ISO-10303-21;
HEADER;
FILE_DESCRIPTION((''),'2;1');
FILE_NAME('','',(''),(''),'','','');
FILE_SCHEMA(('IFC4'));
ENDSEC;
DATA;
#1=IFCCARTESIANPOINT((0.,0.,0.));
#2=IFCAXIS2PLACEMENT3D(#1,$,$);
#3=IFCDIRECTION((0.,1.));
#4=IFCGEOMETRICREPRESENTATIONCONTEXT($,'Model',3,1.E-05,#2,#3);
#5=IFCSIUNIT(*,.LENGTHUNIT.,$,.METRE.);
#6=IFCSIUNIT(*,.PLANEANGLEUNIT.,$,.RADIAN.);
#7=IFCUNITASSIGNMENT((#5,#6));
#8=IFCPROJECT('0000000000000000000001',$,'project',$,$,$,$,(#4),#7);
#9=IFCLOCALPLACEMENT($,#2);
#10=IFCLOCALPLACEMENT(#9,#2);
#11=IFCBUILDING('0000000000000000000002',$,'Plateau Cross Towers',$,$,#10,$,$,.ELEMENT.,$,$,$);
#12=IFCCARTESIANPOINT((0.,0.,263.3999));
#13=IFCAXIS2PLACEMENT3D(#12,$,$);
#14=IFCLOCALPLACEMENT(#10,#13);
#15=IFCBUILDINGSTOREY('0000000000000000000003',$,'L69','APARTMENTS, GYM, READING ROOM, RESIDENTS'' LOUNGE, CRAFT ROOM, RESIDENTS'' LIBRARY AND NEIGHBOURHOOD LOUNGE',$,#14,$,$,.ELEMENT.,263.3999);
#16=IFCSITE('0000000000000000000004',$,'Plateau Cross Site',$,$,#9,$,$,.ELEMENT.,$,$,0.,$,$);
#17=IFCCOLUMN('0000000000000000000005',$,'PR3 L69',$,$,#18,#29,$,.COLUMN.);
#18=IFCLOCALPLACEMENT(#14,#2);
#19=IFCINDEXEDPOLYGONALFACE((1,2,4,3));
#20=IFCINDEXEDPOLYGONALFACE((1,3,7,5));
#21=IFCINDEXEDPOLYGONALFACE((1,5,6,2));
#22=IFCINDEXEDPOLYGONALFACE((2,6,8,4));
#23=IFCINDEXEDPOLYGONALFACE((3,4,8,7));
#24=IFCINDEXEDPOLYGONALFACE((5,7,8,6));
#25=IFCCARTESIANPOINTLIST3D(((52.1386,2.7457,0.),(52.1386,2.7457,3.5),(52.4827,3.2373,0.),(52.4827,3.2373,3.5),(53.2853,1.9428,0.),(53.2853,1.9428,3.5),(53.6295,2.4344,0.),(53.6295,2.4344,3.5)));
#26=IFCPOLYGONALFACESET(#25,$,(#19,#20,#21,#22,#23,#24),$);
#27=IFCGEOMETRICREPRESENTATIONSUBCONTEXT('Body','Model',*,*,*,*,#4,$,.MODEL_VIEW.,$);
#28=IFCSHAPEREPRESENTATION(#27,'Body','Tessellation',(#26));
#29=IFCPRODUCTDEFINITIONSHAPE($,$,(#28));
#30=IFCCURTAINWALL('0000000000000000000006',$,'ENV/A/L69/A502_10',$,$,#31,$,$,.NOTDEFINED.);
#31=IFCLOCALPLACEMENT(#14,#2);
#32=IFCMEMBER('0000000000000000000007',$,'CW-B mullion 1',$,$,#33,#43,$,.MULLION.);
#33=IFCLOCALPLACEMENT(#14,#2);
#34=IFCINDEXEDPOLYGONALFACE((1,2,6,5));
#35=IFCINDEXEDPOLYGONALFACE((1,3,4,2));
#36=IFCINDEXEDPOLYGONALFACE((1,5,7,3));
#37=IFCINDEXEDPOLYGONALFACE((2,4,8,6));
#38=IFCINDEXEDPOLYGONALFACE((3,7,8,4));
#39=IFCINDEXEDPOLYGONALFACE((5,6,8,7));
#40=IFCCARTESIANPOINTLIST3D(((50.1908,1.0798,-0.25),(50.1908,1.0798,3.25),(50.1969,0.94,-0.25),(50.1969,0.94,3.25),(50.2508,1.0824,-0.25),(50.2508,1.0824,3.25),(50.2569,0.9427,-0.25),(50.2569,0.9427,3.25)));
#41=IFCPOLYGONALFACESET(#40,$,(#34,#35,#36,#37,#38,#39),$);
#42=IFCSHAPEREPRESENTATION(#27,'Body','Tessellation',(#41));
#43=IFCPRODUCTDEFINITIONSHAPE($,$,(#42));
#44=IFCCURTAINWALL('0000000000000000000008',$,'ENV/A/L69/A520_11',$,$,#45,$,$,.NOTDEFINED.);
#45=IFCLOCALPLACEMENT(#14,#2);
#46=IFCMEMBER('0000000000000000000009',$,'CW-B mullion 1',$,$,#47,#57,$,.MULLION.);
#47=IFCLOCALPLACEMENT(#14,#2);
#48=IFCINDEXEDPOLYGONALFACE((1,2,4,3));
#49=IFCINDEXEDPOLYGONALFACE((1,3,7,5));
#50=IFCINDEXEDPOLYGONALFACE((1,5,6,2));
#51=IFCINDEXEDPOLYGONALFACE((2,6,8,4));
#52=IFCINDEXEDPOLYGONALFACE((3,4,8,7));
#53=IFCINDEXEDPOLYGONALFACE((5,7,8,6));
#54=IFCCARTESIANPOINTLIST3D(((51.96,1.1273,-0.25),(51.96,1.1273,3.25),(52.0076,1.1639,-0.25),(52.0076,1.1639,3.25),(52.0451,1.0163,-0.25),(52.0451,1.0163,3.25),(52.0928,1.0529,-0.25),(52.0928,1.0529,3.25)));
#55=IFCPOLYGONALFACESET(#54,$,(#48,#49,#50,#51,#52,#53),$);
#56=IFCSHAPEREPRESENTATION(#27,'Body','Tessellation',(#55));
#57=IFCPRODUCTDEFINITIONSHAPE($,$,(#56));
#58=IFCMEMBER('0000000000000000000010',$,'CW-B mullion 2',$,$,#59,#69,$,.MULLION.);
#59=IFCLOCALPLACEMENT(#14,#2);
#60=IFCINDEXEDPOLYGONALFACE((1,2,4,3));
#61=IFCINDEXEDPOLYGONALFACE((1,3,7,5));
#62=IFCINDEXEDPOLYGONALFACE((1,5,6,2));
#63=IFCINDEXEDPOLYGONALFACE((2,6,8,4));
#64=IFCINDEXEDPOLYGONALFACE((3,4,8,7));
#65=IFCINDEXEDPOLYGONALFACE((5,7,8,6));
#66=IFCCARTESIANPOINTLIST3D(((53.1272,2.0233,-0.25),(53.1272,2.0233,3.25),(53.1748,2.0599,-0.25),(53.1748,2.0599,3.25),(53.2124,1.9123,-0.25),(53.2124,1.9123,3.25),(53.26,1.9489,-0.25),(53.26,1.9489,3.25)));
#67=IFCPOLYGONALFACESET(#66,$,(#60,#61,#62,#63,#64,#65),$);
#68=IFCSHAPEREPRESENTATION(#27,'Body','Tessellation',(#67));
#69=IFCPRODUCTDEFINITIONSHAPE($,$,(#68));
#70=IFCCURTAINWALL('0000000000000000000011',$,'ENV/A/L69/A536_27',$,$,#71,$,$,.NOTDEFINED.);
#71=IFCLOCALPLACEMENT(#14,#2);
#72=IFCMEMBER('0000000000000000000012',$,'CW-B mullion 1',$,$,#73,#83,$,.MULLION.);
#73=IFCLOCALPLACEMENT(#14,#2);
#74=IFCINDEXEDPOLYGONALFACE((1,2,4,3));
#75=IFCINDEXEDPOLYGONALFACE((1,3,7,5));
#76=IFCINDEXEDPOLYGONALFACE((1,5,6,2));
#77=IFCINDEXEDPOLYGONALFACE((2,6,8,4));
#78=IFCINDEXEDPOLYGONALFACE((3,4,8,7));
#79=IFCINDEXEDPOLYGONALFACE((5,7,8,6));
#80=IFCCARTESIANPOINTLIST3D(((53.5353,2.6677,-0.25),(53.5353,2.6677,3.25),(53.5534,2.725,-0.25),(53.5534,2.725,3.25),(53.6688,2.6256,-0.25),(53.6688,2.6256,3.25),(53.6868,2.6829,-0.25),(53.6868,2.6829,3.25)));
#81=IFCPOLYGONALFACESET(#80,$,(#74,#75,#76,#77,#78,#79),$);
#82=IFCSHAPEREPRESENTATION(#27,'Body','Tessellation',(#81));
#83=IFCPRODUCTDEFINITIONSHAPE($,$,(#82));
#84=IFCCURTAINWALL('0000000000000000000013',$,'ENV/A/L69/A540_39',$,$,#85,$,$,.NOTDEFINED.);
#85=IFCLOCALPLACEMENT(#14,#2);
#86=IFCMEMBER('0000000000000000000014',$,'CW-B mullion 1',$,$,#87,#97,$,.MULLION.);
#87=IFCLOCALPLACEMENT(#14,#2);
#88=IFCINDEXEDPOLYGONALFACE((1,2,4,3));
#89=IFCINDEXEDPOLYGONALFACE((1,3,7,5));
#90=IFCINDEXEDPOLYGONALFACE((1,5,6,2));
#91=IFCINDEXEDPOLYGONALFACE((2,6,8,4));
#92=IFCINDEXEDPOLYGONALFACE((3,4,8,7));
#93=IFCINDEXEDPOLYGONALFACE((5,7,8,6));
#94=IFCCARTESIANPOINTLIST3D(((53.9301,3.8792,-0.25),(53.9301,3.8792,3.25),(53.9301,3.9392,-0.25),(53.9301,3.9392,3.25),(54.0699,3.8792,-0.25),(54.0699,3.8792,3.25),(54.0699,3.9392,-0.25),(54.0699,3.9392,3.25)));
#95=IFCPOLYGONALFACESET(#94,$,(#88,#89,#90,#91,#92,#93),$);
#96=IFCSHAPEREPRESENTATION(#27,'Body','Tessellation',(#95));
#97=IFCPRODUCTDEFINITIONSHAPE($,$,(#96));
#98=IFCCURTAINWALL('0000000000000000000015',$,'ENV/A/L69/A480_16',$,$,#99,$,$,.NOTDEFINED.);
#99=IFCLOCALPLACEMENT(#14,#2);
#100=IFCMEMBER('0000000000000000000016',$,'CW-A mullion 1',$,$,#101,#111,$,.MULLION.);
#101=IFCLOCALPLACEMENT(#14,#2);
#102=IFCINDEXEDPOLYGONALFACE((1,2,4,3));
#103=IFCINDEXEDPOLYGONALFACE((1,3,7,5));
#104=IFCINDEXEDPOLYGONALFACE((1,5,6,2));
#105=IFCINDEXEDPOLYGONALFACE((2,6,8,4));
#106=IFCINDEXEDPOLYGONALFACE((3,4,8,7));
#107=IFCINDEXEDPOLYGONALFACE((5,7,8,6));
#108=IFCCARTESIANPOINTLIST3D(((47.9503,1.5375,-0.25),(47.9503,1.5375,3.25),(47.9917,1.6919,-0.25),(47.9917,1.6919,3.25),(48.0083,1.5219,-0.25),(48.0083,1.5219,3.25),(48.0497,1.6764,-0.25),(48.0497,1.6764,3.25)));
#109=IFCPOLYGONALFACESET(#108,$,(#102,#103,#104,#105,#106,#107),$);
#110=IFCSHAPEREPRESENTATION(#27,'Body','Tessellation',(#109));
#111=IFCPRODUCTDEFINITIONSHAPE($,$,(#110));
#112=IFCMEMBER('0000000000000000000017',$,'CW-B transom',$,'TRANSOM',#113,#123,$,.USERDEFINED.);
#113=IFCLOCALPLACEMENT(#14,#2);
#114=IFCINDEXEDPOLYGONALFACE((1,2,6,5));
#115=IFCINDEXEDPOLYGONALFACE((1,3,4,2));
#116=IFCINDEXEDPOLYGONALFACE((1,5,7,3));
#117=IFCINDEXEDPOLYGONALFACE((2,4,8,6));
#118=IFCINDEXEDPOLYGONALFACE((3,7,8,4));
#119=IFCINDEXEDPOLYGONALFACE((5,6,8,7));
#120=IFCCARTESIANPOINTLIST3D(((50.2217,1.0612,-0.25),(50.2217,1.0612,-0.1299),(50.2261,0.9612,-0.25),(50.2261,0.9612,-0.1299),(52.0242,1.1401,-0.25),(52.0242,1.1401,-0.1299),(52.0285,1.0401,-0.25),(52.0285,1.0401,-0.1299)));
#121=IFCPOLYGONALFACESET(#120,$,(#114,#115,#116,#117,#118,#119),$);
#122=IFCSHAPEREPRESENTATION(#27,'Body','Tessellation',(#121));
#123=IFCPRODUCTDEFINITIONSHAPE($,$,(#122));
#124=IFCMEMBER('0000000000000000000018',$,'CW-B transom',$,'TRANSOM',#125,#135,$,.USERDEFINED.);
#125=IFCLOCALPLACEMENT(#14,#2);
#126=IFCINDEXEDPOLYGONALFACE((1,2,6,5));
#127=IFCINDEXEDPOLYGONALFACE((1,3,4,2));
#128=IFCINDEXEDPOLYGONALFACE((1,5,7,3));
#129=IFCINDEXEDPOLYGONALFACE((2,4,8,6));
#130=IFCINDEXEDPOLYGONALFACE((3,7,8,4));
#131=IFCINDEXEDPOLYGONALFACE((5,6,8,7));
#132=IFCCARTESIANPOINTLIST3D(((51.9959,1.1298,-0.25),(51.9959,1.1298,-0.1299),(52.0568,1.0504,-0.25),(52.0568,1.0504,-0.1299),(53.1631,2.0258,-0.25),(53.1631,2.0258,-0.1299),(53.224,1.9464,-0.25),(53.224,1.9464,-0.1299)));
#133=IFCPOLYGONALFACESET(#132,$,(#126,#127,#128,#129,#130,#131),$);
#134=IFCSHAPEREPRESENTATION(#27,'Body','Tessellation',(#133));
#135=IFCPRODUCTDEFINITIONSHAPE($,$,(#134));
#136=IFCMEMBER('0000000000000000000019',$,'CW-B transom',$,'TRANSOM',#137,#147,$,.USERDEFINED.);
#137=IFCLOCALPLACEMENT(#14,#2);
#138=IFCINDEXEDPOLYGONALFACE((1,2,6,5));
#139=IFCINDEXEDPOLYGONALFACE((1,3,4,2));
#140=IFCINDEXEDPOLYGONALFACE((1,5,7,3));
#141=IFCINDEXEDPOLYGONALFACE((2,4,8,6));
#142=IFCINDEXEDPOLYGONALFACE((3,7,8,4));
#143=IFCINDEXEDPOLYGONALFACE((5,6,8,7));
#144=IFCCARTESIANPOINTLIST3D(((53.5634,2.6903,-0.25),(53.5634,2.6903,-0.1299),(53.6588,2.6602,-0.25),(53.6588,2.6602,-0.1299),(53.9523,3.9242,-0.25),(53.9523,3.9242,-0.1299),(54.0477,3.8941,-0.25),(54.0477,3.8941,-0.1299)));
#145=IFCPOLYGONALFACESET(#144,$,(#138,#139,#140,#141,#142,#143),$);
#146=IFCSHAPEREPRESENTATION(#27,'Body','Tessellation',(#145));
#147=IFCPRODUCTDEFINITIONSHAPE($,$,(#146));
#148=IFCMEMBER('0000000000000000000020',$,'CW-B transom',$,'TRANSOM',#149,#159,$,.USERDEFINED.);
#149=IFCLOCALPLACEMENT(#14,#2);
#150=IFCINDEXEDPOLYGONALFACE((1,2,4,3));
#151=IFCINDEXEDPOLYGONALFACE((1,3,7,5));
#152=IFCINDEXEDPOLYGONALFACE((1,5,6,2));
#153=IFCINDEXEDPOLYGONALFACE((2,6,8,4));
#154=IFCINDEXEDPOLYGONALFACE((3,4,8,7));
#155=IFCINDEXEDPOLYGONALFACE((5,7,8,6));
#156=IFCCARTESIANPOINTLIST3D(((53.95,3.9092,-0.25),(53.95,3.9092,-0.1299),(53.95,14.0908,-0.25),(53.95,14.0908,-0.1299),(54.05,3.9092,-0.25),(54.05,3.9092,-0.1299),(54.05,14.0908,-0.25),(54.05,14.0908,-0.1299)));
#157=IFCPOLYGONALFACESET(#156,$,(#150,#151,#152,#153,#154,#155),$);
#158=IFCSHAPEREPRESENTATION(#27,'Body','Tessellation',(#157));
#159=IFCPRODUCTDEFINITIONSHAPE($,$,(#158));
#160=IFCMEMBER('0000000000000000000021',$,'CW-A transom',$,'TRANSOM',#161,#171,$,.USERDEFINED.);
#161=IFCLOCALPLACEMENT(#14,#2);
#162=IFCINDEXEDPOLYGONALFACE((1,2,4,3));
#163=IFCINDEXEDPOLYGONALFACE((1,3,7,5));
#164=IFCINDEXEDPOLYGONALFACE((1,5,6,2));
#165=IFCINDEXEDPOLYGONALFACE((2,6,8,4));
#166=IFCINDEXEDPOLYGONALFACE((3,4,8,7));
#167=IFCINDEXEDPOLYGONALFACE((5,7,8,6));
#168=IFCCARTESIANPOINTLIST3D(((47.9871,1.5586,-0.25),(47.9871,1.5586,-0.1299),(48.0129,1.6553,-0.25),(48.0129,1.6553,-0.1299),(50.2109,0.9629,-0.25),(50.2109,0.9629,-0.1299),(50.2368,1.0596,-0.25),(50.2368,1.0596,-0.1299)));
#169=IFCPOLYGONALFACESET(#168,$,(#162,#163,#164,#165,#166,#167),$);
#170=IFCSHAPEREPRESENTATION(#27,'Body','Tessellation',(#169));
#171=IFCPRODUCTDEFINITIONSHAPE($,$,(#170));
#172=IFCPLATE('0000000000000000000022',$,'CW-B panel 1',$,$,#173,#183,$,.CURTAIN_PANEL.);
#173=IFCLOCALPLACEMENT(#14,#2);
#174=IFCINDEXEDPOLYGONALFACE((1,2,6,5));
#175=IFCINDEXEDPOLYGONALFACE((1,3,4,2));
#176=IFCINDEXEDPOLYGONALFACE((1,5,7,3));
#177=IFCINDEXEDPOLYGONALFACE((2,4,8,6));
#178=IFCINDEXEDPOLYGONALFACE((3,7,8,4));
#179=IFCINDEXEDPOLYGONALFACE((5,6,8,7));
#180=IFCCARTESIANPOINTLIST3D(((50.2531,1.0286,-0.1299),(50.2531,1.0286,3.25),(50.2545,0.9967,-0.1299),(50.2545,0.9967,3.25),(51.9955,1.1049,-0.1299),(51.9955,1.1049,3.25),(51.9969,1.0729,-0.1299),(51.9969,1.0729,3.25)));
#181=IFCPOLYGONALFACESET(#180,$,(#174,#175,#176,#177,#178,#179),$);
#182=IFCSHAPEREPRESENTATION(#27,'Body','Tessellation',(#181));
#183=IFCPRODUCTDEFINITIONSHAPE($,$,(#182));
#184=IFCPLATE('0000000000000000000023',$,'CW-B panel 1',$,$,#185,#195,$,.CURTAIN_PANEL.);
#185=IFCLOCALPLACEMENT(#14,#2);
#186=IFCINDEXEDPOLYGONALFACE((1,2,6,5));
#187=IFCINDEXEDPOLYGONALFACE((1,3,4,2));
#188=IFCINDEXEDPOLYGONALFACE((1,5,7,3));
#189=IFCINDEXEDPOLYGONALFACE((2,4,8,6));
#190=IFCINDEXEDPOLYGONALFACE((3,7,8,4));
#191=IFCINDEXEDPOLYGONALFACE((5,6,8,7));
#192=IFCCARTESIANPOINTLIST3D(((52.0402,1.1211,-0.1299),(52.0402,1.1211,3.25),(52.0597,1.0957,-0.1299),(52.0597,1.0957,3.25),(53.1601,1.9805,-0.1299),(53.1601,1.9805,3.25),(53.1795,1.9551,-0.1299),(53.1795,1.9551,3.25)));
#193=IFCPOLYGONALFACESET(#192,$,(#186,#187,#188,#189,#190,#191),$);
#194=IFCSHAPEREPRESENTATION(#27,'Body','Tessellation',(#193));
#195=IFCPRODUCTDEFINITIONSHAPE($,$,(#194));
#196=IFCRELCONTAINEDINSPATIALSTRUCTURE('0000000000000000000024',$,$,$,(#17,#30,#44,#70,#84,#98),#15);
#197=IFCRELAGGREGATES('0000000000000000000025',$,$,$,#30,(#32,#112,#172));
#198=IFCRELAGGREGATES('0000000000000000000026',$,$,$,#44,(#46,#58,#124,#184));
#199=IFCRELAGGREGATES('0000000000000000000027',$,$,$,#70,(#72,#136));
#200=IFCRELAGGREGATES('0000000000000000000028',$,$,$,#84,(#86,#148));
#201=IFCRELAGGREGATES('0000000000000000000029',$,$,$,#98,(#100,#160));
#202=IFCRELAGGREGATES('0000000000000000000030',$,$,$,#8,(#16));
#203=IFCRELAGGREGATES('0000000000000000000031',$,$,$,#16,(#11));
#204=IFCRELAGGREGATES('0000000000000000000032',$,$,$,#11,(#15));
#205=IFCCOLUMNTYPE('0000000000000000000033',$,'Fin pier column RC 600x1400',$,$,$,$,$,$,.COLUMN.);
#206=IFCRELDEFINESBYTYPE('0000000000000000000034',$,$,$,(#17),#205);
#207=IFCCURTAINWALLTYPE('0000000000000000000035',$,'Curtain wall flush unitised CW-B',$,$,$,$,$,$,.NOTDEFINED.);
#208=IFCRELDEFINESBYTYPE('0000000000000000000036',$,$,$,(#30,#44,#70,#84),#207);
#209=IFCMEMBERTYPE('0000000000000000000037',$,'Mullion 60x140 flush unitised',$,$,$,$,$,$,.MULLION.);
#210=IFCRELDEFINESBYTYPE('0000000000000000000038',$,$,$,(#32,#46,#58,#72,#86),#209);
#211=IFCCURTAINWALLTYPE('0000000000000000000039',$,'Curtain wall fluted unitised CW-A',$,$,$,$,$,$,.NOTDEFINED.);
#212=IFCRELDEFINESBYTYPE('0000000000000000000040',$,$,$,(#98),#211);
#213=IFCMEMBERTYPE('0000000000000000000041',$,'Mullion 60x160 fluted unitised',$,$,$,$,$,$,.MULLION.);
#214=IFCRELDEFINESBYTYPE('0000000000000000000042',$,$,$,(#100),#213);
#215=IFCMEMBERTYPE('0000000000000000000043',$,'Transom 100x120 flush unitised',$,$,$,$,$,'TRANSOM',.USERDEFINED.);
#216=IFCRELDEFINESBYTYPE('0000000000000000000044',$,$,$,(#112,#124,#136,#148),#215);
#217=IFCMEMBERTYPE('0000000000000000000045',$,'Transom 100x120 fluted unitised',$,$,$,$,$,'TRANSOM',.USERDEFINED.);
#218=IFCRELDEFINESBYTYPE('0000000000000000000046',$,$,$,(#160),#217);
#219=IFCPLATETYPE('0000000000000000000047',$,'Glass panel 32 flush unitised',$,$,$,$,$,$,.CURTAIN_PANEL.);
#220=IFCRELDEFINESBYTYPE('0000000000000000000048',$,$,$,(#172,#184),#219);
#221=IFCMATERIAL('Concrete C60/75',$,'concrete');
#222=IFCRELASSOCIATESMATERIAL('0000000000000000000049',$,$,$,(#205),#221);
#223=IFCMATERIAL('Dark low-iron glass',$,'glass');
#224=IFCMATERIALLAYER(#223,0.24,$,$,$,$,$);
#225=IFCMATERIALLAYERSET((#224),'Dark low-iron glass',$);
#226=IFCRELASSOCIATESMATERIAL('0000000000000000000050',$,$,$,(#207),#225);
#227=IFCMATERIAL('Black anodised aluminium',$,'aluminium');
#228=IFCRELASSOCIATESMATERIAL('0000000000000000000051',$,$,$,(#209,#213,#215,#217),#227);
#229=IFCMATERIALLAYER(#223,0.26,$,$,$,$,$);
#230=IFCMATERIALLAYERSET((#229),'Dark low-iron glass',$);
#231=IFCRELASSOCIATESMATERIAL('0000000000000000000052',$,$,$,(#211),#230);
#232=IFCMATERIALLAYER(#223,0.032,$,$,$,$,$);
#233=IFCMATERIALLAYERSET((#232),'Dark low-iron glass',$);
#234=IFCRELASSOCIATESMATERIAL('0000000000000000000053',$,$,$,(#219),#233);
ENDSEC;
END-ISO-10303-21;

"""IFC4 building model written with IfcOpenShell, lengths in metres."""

from ifc_helpers import new_model, si_unit, direction, frame, origin, origin_2d, place, context, subcontext, project, spatial, rectangle, extrude, material, layer, layer_set, material_profile, profile_set, type_object, element, aggregate, save


model = new_model("IFC4")

# Units and contexts
model_context = context("Model", 3, precision=1e-05, world=origin(), true_north=direction((0.0, 1.0)))
body_context = subcontext(model_context, "Body", "Model", "MODEL_VIEW")
ifc_project = project(units=[si_unit("LENGTHUNIT", "METRE"), si_unit("PLANEANGLEUNIT", "RADIAN")], contexts=[model_context])

# Site, building, storey
site_placement = place(None, origin())
site = spatial("IfcSite", under=ifc_project, at=site_placement, Name="Plateau Cross Site", CompositionType="ELEMENT", RefElevation=0.0)
building_placement = place(site_placement, origin())
building = spatial("IfcBuilding", under=site, at=building_placement, Name="Plateau Cross Towers", CompositionType="ELEMENT")
storey_placement = place(building_placement, frame((0.0, 0.0, 263.3999)))
storey = spatial("IfcBuildingStorey", under=building, at=storey_placement, Name="L69", Description="APARTMENTS, GYM, READING ROOM, RESIDENTS' LOUNGE, CRAFT ROOM, RESIDENTS' LIBRARY AND NEIGHBOURHOOD LOUNGE", CompositionType="ELEMENT", Elevation=263.3999)

# Column
ifc_material_1 = material(Name="Concrete C60/75", Category="concrete")
ifc_material_profile_1 = material_profile(ifc_material_1, rectangle(XDim=0.6001, YDim=1.3999, at=origin_2d()), Name="RC 600x1400")
ifc_profile_set_1 = profile_set([ifc_material_profile_1], Name="Concrete C60/75")
column_type = type_object("IfcColumnType", Name="Fin pier column RC 600x1400", PredefinedType="COLUMN", material=ifc_profile_set_1)
column_placement = place(storey_placement, frame((52.884, 2.5901, 0.0), z_axis=(0.0, 0.0, 1.0), x_axis=(0.573543, 0.819176, 0.0)))
element("IfcColumn", 1, at=column_placement, inside=storey, type_object=column_type, Name="PR3 L69", PredefinedType="COLUMN", context=body_context, shape_type="SweptSolid", body=[
    extrude(rectangle(XDim=0.6001, YDim=1.3999, at=origin_2d()), origin(), (0.0, 0.0, 1.0), 3.5),
])

# Curtain wall, member
ifc_material_2 = material(Name="Dark low-iron glass", Category="glass")
ifc_layer_1 = layer(ifc_material_2, 0.24)
ifc_layer_set_1 = layer_set([ifc_layer_1], Name="Dark low-iron glass")
curtain_wall_type_1 = type_object("IfcCurtainWallType", Name="Curtain wall flush unitised CW-B", PredefinedType="NOTDEFINED", material=ifc_layer_set_1)
curtain_wall_1_placement = place(storey_placement, origin())
curtain_wall_1 = element("IfcCurtainWall", 2, at=curtain_wall_1_placement, inside=storey, type_object=curtain_wall_type_1, Name="ENV/A/L69/A502_10", PredefinedType="NOTDEFINED")
ifc_material_3 = material(Name="Black anodised aluminium", Category="aluminium")
ifc_material_profile_2 = material_profile(ifc_material_3, rectangle(XDim=0.0601, YDim=0.1399, at=origin_2d()), Name="MULLION 60x140")
ifc_profile_set_2 = profile_set([ifc_material_profile_2], Name="Black anodised aluminium")
member_type_1 = type_object("IfcMemberType", Name="Mullion 60x140 flush unitised", PredefinedType="MULLION", material=ifc_profile_set_2)
member_1_placement = place(storey_placement, frame((50.2239, 1.0112, -0.25), z_axis=(0.0, 0.0, 1.0), x_axis=(0.999044, 0.043723, 0.0)))
member_1 = element("IfcMember", 3, at=member_1_placement, type_object=member_type_1, Name="CW-B mullion 1", PredefinedType="MULLION", context=body_context, shape_type="SweptSolid", body=[
    extrude(rectangle(XDim=0.0601, YDim=0.1399, at=origin_2d()), origin(), (0.0, 0.0, 1.0), 3.5),
])

# Curtain wall, members
curtain_wall_2_placement = place(storey_placement, origin())
curtain_wall_2 = element("IfcCurtainWall", 4, at=curtain_wall_2_placement, inside=storey, type_object=curtain_wall_type_1, Name="ENV/A/L69/A520_11", PredefinedType="NOTDEFINED")
member_2_placement = place(storey_placement, frame((52.0264, 1.0901, -0.25), z_axis=(0.0, 0.0, 1.0), x_axis=(0.793316, 0.608811, 0.0)))
member_2 = element("IfcMember", 5, at=member_2_placement, type_object=member_type_1, Name="CW-B mullion 1", PredefinedType="MULLION", context=body_context, shape_type="SweptSolid", body=[
    extrude(rectangle(XDim=0.0601, YDim=0.1399, at=origin_2d()), origin(), (0.0, 0.0, 1.0), 3.5),
])
member_3_placement = place(storey_placement, frame((53.1936, 1.9861, -0.25), z_axis=(0.0, 0.0, 1.0), x_axis=(0.793316, 0.608811, 0.0)))
member_3 = element("IfcMember", 6, at=member_3_placement, type_object=member_type_1, Name="CW-B mullion 2", PredefinedType="MULLION", context=body_context, shape_type="SweptSolid", body=[
    extrude(rectangle(XDim=0.0601, YDim=0.1399, at=origin_2d()), origin(), (0.0, 0.0, 1.0), 3.5),
])

# Curtain walls, members
curtain_wall_3_placement = place(storey_placement, origin())
curtain_wall_3 = element("IfcCurtainWall", 7, at=curtain_wall_3_placement, inside=storey, type_object=curtain_wall_type_1, Name="ENV/A/L69/A536_27", PredefinedType="NOTDEFINED")
member_4_placement = place(storey_placement, frame((53.6111, 2.6753, -0.25), z_axis=(0.0, 0.0, 1.0), x_axis=(0.300686, 0.953723, 0.0)))
member_4 = element("IfcMember", 8, at=member_4_placement, type_object=member_type_1, Name="CW-B mullion 1", PredefinedType="MULLION", context=body_context, shape_type="SweptSolid", body=[
    extrude(rectangle(XDim=0.0601, YDim=0.1399, at=origin_2d()), origin(), (0.0, 0.0, 1.0), 3.5),
])
curtain_wall_4_placement = place(storey_placement, origin())
curtain_wall_4 = element("IfcCurtainWall", 9, at=curtain_wall_4_placement, inside=storey, type_object=curtain_wall_type_1, Name="ENV/A/L69/A540_39", PredefinedType="NOTDEFINED")
member_5_placement = place(storey_placement, frame((54.0, 3.9092, -0.25), z_axis=(0.0, 0.0, 1.0), x_axis=(0.0, 1.0, 0.0)))
member_5 = element("IfcMember", 10, at=member_5_placement, type_object=member_type_1, Name="CW-B mullion 1", PredefinedType="MULLION", context=body_context, shape_type="SweptSolid", body=[
    extrude(rectangle(XDim=0.0601, YDim=0.1399, at=origin_2d()), origin(), (0.0, 0.0, 1.0), 3.5),
])
ifc_layer_2 = layer(ifc_material_2, 0.26)
ifc_layer_set_2 = layer_set([ifc_layer_2], Name="Dark low-iron glass")
curtain_wall_type_2 = type_object("IfcCurtainWallType", Name="Curtain wall fluted unitised CW-A", PredefinedType="NOTDEFINED", material=ifc_layer_set_2)
curtain_wall_5_placement = place(storey_placement, origin())
curtain_wall_5 = element("IfcCurtainWall", 11, at=curtain_wall_5_placement, inside=storey, type_object=curtain_wall_type_2, Name="ENV/A/L69/A480_16", PredefinedType="NOTDEFINED")
ifc_material_profile_3 = material_profile(ifc_material_3, rectangle(XDim=0.0601, YDim=0.1599, at=origin_2d()), Name="MULLION 60x160")
ifc_profile_set_3 = profile_set([ifc_material_profile_3], Name="Black anodised aluminium")
member_type_2 = type_object("IfcMemberType", Name="Mullion 60x160 fluted unitised", PredefinedType="MULLION", material=ifc_profile_set_3)
member_6_placement = place(storey_placement, frame((48.0, 1.6069, -0.25), z_axis=(0.0, 0.0, 1.0), x_axis=(0.965958, -0.258699, 0.0)))
member_6 = element("IfcMember", 12, at=member_6_placement, type_object=member_type_2, Name="CW-A mullion 1", PredefinedType="MULLION", context=body_context, shape_type="SweptSolid", body=[
    extrude(rectangle(XDim=0.0601, YDim=0.1599, at=origin_2d()), origin(), (0.0, 0.0, 1.0), 3.5),
])

# Members
ifc_material_profile_4 = material_profile(ifc_material_3, rectangle(XDim=0.1001, YDim=0.1201, at=origin_2d()), Name="TRANSOM 100x120")
ifc_profile_set_4 = profile_set([ifc_material_profile_4], Name="Black anodised aluminium")
member_type_3 = type_object("IfcMemberType", Name="Transom 100x120 flush unitised", ElementType="TRANSOM", PredefinedType="USERDEFINED", material=ifc_profile_set_4)
member_7_placement = place(storey_placement, frame((50.2239, 1.0112, -0.1899), z_axis=(0.999044, 0.043707, 0.0), x_axis=(-0.043707, 0.999044, 0.0)))
member_7 = element("IfcMember", 13, at=member_7_placement, type_object=member_type_3, Name="CW-B transom", ObjectType="TRANSOM", PredefinedType="USERDEFINED", context=body_context, shape_type="SweptSolid", body=[
    extrude(rectangle(XDim=0.1001, YDim=0.1201, at=origin_2d()), origin(), (0.0, 0.0, 1.0), 1.8042),
])
member_8_placement = place(storey_placement, frame((52.0264, 1.0901, -0.1899), z_axis=(0.79324, 0.608909, 0.0), x_axis=(-0.608909, 0.79324, 0.0)))
member_8 = element("IfcMember", 14, at=member_8_placement, type_object=member_type_3, Name="CW-B transom", ObjectType="TRANSOM", PredefinedType="USERDEFINED", context=body_context, shape_type="SweptSolid", body=[
    extrude(rectangle(XDim=0.1001, YDim=0.1201, at=origin_2d()), origin(), (0.0, 0.0, 1.0), 1.4714),
])
member_9_placement = place(storey_placement, frame((53.6111, 2.6753, -0.1899), z_axis=(0.300617, 0.953745, 0.0), x_axis=(-0.953745, 0.300617, 0.0)))
member_9 = element("IfcMember", 15, at=member_9_placement, type_object=member_type_3, Name="CW-B transom", ObjectType="TRANSOM", PredefinedType="USERDEFINED", context=body_context, shape_type="SweptSolid", body=[
    extrude(rectangle(XDim=0.1001, YDim=0.1201, at=origin_2d()), origin(), (0.0, 0.0, 1.0), 1.2937),
])
member_10_placement = place(storey_placement, frame((54.0, 3.9092, -0.1899), z_axis=(0.0, 1.0, 0.0), x_axis=(-1.0, 0.0, 0.0)))
member_10 = element("IfcMember", 16, at=member_10_placement, type_object=member_type_3, Name="CW-B transom", ObjectType="TRANSOM", PredefinedType="USERDEFINED", context=body_context, shape_type="SweptSolid", body=[
    extrude(rectangle(XDim=0.1001, YDim=0.1201, at=origin_2d()), origin(), (0.0, 0.0, 1.0), 10.1816),
])
ifc_material_profile_5 = material_profile(ifc_material_3, rectangle(XDim=0.1001, YDim=0.1201, at=origin_2d()), Name="TRANSOM 100x120")
ifc_profile_set_5 = profile_set([ifc_material_profile_5], Name="Black anodised aluminium")
member_type_4 = type_object("IfcMemberType", Name="Transom 100x120 fluted unitised", ElementType="TRANSOM", PredefinedType="USERDEFINED", material=ifc_profile_set_5)
member_11_placement = place(storey_placement, frame((48.0, 1.6069, -0.1899), z_axis=(0.965946, -0.258745, 0.0), x_axis=(0.258745, 0.965946, 0.0)))
member_11 = element("IfcMember", 17, at=member_11_placement, type_object=member_type_4, Name="CW-A transom", ObjectType="TRANSOM", PredefinedType="USERDEFINED", context=body_context, shape_type="SweptSolid", body=[
    extrude(rectangle(XDim=0.1001, YDim=0.1201, at=origin_2d()), origin(), (0.0, 0.0, 1.0), 2.3022),
])

# Plates
ifc_layer_3 = layer(ifc_material_2, 0.032)
ifc_layer_set_3 = layer_set([ifc_layer_3], Name="Dark low-iron glass")
plate_type_1 = type_object("IfcPlateType", Name="Glass panel 32 flush unitised", PredefinedType="CURTAIN_PANEL", material=ifc_layer_set_3)
plate_1_placement = place(storey_placement, frame((51.125, 1.0508, -0.1299), z_axis=(0.0, 0.0, 1.0), x_axis=(0.999044, 0.043723, 0.0)))
plate_1 = element("IfcPlate", 18, at=plate_1_placement, type_object=plate_type_1, Name="CW-B panel 1", PredefinedType="CURTAIN_PANEL", context=body_context, shape_type="SweptSolid", body=[
    extrude(rectangle(XDim=1.7441, YDim=0.032, at=origin_2d()), origin(), (0.0, 0.0, 1.0), 3.3799),
])
aggregate(curtain_wall_1, [member_1, member_7, plate_1])
plate_2_placement = place(storey_placement, frame((52.6099, 1.5381, -0.1299), z_axis=(0.0, 0.0, 1.0), x_axis=(0.793316, 0.608811, 0.0)))
plate_2 = element("IfcPlate", 19, at=plate_2_placement, type_object=plate_type_1, Name="CW-B panel 1", PredefinedType="CURTAIN_PANEL", context=body_context, shape_type="SweptSolid", body=[
    extrude(rectangle(XDim=1.4116, YDim=0.032, at=origin_2d()), origin(), (0.0, 0.0, 1.0), 3.3799),
])
aggregate(curtain_wall_2, [member_2, member_3, member_8, plate_2])
aggregate(curtain_wall_3, [member_4, member_9])
aggregate(curtain_wall_4, [member_5, member_10])

aggregate(curtain_wall_5, [member_6, member_11])

save(model, "model.ifc")
